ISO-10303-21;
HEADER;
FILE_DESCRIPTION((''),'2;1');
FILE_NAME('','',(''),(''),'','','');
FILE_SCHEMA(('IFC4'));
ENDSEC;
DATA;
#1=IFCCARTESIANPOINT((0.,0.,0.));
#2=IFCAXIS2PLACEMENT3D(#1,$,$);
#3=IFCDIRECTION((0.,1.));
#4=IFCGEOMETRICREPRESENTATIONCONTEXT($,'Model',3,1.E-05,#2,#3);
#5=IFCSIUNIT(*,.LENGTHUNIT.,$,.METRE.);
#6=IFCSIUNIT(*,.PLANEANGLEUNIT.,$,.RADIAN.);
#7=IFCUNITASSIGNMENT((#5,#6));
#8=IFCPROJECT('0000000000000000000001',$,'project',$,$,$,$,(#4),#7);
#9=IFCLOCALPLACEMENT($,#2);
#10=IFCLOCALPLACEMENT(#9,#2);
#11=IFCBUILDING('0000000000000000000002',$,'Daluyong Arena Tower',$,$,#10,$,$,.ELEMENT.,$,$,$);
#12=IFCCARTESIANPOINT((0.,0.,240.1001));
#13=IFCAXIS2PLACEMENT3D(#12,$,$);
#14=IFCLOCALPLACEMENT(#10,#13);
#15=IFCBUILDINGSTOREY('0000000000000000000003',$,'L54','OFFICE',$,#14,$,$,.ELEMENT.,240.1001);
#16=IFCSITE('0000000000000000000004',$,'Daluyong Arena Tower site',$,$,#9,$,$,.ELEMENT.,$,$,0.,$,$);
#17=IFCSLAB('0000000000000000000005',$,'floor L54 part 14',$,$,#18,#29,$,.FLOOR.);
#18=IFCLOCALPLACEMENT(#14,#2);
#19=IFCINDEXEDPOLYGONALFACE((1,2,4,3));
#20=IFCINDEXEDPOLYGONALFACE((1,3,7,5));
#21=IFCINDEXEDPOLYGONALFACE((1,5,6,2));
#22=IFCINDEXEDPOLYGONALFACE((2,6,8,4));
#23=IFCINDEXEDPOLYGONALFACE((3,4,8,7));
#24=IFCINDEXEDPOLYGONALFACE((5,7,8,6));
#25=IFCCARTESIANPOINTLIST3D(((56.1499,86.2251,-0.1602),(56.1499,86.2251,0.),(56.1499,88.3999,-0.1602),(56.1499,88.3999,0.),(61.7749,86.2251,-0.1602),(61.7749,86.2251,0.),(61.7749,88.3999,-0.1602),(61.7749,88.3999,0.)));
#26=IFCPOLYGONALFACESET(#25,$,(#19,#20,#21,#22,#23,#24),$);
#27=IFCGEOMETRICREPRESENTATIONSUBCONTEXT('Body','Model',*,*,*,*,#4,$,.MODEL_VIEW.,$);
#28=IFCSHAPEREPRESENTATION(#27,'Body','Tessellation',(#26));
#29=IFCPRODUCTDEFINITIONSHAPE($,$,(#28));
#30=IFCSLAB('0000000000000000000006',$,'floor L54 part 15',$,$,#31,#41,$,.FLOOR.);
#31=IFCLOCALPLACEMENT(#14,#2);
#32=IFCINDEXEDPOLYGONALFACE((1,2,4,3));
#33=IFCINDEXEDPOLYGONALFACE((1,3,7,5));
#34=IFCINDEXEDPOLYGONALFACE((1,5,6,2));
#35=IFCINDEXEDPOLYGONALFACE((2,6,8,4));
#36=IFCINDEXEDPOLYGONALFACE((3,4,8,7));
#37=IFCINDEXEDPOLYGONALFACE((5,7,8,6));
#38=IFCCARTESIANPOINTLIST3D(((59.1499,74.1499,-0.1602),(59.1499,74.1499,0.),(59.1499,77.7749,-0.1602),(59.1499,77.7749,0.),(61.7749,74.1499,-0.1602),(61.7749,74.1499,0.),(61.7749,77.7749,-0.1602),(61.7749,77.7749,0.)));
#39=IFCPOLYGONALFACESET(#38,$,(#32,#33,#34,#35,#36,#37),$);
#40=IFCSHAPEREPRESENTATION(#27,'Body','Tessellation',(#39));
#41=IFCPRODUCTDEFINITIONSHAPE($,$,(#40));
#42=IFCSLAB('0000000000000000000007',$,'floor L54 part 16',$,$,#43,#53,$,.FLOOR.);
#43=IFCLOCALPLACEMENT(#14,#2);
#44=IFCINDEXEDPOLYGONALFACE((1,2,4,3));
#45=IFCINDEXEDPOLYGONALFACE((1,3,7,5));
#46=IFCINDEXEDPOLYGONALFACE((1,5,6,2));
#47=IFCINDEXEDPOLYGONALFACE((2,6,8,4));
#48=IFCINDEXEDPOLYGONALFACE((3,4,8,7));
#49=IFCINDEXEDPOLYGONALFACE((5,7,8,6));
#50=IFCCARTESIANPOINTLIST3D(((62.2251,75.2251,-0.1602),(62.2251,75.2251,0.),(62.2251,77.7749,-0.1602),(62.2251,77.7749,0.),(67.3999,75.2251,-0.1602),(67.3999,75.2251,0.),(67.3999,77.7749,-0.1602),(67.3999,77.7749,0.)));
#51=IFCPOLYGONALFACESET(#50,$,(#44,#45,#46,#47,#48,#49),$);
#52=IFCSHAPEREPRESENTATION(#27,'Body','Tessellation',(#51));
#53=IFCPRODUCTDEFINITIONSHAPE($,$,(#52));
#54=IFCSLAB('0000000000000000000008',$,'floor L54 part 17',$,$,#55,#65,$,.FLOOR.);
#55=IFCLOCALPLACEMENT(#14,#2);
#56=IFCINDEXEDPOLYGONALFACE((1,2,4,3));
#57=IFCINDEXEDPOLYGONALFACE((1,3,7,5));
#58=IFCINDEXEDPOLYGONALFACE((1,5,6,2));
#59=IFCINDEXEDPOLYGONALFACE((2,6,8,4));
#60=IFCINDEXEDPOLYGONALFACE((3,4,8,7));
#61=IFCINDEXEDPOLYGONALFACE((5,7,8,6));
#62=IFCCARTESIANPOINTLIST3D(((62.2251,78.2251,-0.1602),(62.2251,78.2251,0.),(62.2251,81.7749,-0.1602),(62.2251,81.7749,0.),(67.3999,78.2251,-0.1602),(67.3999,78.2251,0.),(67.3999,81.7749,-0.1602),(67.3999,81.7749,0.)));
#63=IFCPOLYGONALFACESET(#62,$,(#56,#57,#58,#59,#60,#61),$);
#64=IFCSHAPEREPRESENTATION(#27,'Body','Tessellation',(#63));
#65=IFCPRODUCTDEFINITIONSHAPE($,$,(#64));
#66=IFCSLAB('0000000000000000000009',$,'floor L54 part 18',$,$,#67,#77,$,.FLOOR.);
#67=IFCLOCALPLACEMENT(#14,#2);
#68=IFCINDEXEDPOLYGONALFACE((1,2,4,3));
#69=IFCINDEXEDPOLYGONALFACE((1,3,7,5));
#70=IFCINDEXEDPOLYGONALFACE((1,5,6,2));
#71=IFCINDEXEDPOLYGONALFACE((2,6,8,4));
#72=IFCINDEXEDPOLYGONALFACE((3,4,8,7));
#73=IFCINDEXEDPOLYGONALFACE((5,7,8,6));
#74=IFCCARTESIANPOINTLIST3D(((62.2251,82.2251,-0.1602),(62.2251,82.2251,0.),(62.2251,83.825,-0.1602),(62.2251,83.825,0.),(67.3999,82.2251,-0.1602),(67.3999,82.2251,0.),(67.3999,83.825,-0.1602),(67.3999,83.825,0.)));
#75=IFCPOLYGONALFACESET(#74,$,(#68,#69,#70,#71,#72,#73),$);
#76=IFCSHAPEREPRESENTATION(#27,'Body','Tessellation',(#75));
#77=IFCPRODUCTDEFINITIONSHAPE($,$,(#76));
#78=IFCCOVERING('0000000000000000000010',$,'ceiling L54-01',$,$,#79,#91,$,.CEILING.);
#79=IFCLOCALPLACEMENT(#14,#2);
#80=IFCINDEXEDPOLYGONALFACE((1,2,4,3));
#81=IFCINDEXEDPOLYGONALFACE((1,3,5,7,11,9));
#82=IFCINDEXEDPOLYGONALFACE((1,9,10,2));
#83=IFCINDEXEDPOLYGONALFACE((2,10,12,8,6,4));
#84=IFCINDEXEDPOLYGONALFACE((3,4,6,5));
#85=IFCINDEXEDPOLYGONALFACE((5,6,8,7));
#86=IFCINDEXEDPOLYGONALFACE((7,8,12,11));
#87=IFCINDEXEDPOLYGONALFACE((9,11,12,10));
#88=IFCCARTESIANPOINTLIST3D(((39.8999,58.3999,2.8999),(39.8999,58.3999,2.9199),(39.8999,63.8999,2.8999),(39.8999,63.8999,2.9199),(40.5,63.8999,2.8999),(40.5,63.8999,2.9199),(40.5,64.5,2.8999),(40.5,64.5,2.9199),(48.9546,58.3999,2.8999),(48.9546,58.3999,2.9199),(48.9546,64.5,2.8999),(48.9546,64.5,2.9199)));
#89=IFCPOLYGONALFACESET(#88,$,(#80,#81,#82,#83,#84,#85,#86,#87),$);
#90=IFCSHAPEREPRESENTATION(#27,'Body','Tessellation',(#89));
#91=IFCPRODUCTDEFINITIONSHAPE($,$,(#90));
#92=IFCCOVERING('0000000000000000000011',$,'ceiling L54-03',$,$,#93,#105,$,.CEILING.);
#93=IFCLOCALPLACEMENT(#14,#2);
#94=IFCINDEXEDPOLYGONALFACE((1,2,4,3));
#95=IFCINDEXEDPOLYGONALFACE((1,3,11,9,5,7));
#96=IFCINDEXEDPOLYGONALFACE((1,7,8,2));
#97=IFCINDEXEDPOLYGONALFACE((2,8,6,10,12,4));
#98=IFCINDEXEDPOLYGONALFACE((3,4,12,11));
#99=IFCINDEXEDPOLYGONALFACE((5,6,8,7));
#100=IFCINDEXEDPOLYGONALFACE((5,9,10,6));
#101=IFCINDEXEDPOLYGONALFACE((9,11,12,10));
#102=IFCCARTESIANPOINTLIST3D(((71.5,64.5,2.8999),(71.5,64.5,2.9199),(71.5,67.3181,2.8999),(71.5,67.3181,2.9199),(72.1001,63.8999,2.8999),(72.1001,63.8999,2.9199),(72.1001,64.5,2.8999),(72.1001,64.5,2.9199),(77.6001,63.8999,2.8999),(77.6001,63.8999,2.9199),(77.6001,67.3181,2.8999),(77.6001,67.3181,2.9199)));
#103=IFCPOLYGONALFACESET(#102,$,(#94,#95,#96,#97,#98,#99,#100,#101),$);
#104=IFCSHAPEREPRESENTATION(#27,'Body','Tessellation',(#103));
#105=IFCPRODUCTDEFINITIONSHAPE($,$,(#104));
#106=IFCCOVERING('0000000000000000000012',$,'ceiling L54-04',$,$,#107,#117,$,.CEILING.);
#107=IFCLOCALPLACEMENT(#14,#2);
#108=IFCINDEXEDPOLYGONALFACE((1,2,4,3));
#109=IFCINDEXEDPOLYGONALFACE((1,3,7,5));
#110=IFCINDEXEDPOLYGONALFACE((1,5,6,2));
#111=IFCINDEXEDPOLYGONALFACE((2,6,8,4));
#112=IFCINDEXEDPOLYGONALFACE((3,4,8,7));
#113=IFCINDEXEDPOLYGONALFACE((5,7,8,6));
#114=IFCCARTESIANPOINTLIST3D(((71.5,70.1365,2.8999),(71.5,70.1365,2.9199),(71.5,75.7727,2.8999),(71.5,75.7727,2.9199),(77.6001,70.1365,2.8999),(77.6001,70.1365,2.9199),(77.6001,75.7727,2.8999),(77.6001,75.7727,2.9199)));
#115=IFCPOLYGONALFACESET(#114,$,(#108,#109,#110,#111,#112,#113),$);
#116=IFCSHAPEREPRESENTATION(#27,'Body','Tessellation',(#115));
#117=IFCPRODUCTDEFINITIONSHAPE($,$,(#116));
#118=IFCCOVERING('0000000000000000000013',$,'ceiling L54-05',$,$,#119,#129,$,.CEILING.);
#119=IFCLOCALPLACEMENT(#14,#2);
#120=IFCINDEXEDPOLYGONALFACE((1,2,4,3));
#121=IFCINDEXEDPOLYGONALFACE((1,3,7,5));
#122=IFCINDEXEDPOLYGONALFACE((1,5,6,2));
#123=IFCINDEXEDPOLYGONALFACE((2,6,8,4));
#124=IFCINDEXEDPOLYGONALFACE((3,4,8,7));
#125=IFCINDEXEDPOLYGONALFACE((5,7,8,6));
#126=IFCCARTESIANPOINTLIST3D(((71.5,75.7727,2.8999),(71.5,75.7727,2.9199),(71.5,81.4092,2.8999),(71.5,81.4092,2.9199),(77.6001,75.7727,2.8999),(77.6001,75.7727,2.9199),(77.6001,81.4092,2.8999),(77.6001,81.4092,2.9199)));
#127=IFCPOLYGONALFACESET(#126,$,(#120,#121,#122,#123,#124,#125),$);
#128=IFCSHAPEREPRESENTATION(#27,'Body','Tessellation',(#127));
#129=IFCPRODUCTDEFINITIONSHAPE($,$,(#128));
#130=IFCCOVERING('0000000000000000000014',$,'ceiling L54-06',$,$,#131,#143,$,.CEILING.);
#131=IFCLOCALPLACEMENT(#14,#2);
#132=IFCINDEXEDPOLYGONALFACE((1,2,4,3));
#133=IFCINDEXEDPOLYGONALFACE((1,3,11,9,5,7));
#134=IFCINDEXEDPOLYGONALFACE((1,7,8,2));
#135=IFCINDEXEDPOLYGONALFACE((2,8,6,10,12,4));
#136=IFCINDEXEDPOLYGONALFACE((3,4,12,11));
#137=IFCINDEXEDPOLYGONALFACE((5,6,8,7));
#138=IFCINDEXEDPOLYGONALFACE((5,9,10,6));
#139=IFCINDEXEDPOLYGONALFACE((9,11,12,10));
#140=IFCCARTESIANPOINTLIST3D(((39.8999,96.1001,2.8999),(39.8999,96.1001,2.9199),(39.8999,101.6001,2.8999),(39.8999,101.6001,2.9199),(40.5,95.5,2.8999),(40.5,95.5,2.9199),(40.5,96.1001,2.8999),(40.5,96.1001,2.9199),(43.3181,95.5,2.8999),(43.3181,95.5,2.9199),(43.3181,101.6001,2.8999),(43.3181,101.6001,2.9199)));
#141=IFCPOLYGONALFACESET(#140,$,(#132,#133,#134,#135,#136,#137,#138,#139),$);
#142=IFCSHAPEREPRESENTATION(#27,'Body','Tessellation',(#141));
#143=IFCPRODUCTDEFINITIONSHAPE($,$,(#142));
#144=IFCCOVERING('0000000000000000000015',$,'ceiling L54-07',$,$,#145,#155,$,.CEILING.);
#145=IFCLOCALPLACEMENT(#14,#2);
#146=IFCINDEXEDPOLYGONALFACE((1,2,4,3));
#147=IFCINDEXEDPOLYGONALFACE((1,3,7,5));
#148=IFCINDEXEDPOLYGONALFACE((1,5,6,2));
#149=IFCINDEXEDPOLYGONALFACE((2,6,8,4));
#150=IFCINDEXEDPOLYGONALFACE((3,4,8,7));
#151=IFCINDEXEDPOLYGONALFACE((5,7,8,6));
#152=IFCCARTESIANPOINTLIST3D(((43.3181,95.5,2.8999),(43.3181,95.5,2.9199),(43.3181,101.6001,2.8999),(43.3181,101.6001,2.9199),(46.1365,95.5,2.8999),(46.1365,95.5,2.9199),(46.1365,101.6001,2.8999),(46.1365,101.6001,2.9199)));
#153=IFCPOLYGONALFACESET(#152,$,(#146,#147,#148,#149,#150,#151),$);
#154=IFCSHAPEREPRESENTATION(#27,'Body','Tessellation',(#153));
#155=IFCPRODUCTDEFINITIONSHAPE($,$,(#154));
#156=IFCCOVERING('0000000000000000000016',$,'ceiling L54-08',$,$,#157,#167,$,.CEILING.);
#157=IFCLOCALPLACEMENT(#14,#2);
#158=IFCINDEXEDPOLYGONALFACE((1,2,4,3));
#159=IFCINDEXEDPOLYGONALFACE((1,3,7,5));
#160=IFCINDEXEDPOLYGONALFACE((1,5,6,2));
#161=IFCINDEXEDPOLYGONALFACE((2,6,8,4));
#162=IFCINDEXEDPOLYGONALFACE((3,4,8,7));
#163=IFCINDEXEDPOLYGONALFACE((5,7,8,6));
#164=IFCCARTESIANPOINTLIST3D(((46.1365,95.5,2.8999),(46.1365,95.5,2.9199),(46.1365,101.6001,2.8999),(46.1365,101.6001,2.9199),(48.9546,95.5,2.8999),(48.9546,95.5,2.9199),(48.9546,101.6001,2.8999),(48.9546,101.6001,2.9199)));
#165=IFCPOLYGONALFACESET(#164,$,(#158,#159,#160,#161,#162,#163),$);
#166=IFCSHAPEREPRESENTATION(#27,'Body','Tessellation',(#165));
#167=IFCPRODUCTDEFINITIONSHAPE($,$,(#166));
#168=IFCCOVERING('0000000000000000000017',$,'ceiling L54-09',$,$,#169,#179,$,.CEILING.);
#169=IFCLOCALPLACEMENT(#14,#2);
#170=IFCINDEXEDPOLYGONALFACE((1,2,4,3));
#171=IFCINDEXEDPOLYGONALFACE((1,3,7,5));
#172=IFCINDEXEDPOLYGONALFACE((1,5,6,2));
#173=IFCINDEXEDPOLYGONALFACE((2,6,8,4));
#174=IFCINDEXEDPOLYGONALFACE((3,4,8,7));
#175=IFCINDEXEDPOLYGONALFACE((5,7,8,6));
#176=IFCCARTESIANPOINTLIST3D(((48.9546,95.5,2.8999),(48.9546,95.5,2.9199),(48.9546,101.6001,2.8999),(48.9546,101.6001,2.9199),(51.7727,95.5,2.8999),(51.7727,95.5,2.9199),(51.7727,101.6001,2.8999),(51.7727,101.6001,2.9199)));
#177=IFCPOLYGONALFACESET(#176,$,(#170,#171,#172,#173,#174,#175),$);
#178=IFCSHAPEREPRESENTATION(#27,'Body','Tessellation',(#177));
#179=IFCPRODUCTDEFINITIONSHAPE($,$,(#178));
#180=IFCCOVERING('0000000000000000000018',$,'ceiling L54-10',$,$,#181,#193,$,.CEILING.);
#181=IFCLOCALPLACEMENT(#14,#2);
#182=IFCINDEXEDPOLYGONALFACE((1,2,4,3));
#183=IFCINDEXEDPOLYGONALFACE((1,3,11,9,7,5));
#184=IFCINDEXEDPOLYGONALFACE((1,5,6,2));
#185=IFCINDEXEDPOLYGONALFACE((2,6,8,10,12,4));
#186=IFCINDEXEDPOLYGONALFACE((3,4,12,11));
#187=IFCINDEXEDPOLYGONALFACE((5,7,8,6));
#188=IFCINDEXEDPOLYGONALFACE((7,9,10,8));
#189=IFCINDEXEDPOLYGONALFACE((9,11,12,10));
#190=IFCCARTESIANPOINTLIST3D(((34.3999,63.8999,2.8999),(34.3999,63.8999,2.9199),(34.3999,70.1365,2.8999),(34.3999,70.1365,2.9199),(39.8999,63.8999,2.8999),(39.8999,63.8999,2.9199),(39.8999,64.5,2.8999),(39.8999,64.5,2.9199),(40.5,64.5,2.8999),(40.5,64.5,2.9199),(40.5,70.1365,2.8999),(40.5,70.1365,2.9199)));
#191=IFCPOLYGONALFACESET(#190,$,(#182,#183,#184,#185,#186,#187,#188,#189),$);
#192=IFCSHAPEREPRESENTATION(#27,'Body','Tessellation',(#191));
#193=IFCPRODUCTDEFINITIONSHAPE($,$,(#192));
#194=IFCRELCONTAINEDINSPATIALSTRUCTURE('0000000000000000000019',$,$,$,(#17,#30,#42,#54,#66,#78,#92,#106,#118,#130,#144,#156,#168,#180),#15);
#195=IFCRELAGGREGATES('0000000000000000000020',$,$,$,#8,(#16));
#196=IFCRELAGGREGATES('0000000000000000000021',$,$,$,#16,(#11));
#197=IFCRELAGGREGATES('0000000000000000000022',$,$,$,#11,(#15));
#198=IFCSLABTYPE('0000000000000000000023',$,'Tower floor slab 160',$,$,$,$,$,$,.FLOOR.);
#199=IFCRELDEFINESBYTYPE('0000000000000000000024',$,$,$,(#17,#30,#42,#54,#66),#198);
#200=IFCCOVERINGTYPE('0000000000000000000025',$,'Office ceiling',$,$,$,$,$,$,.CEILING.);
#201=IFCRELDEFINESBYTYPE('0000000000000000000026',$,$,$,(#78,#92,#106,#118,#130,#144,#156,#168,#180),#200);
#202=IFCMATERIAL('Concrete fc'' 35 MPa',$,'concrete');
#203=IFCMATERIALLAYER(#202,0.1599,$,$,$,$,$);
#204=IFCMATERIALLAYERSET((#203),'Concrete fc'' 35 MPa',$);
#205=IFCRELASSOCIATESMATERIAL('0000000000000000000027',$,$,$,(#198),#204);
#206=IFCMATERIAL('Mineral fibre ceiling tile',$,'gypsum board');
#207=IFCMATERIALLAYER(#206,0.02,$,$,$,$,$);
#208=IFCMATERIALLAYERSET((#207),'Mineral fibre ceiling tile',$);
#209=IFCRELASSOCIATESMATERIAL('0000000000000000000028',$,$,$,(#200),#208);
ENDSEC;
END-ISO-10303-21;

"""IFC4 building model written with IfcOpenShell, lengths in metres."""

from ifc_helpers import new_model, si_unit, direction, frame, origin, place, context, subcontext, project, spatial, polyline, outline, extrude, material, layer, layer_set, type_object, element, save


model = new_model("IFC4")

# Units and contexts
model_context = context("Model", 3, precision=1e-05, world=origin(), true_north=direction((0.0, 1.0)))
body_context = subcontext(model_context, "Body", "Model", "MODEL_VIEW")
ifc_project = project(units=[si_unit("LENGTHUNIT", "METRE"), si_unit("PLANEANGLEUNIT", "RADIAN")], contexts=[model_context])

# Site, building, storey
site_placement = place(None, origin())
site = spatial("IfcSite", under=ifc_project, at=site_placement, Name="Daluyong Arena Tower site", CompositionType="ELEMENT", RefElevation=0.0)
building_placement = place(site_placement, origin())
building = spatial("IfcBuilding", under=site, at=building_placement, Name="Daluyong Arena Tower", CompositionType="ELEMENT")
storey_placement = place(building_placement, frame((0.0, 0.0, 240.1001)))
storey = spatial("IfcBuildingStorey", under=building, at=storey_placement, Name="L54", Description="OFFICE", CompositionType="ELEMENT", Elevation=240.1001)

# Slabs
ifc_material_1 = material(Name="Concrete fc' 35 MPa", Category="concrete")
ifc_layer_1 = layer(ifc_material_1, 0.1599)
ifc_layer_set_1 = layer_set([ifc_layer_1], Name="Concrete fc' 35 MPa")
slab_type = type_object("IfcSlabType", Name="Tower floor slab 160", PredefinedType="FLOOR", material=ifc_layer_set_1)
slab_1_placement = place(storey_placement, frame((0.0, 0.0, -0.1602)))
element("IfcSlab", 1, at=slab_1_placement, inside=storey, type_object=slab_type, Name="floor L54 part 14", PredefinedType="FLOOR", context=body_context, shape_type="SweptSolid", body=[
    extrude(outline(polyline([(56.1499, 88.3999), (56.1499, 86.2251), (61.7749, 86.2251), (61.7749, 88.3999), (56.1499, 88.3999)])), origin(), (0.0, 0.0, 1.0), 0.1602),
])
slab_2_placement = place(storey_placement, frame((0.0, 0.0, -0.1602)))
element("IfcSlab", 2, at=slab_2_placement, inside=storey, type_object=slab_type, Name="floor L54 part 15", PredefinedType="FLOOR", context=body_context, shape_type="SweptSolid", body=[
    extrude(outline(polyline([(61.7749, 77.7749), (59.1499, 77.7749), (59.1499, 74.1499), (61.7749, 74.1499), (61.7749, 77.7749)])), origin(), (0.0, 0.0, 1.0), 0.1602),
])
slab_3_placement = place(storey_placement, frame((0.0, 0.0, -0.1602)))
element("IfcSlab", 3, at=slab_3_placement, inside=storey, type_object=slab_type, Name="floor L54 part 16", PredefinedType="FLOOR", context=body_context, shape_type="SweptSolid", body=[
    extrude(outline(polyline([(67.3999, 75.2251), (67.3999, 77.7749), (62.2251, 77.7749), (62.2251, 75.2251), (67.3999, 75.2251)])), origin(), (0.0, 0.0, 1.0), 0.1602),
])
slab_4_placement = place(storey_placement, frame((0.0, 0.0, -0.1602)))
element("IfcSlab", 4, at=slab_4_placement, inside=storey, type_object=slab_type, Name="floor L54 part 17", PredefinedType="FLOOR", context=body_context, shape_type="SweptSolid", body=[
    extrude(outline(polyline([(67.3999, 78.2251), (67.3999, 81.7749), (62.2251, 81.7749), (62.2251, 78.2251), (67.3999, 78.2251)])), origin(), (0.0, 0.0, 1.0), 0.1602),
])
slab_5_placement = place(storey_placement, frame((0.0, 0.0, -0.1602)))
element("IfcSlab", 5, at=slab_5_placement, inside=storey, type_object=slab_type, Name="floor L54 part 18", PredefinedType="FLOOR", context=body_context, shape_type="SweptSolid", body=[
    extrude(outline(polyline([(67.3999, 83.825), (62.2251, 83.825), (62.2251, 82.2251), (67.3999, 82.2251), (67.3999, 83.825)])), origin(), (0.0, 0.0, 1.0), 0.1602),
])

# Coverings
ifc_material_2 = material(Name="Mineral fibre ceiling tile", Category="gypsum board")
ifc_layer_2 = layer(ifc_material_2, 0.02)
ifc_layer_set_2 = layer_set([ifc_layer_2], Name="Mineral fibre ceiling tile")
covering_type = type_object("IfcCoveringType", Name="Office ceiling", PredefinedType="CEILING", material=ifc_layer_set_2)
covering_1_placement = place(storey_placement, frame((0.0, 0.0, 2.8999)))
element("IfcCovering", 6, at=covering_1_placement, inside=storey, type_object=covering_type, Name="ceiling L54-01", PredefinedType="CEILING", context=body_context, shape_type="SweptSolid", body=[
    extrude(outline(polyline([(39.8999, 63.8999), (39.8999, 58.3999), (48.9546, 58.3999), (48.9546, 64.5), (40.5, 64.5), (40.5, 63.8999), (39.8999, 63.8999)])), origin(), (0.0, 0.0, 1.0), 0.02),
])
covering_2_placement = place(storey_placement, frame((0.0, 0.0, 2.8999)))
element("IfcCovering", 7, at=covering_2_placement, inside=storey, type_object=covering_type, Name="ceiling L54-03", PredefinedType="CEILING", context=body_context, shape_type="SweptSolid", body=[
    extrude(outline(polyline([(72.1001, 63.8999), (77.6001, 63.8999), (77.6001, 67.3181), (71.5, 67.3181), (71.5, 64.5), (72.1001, 64.5), (72.1001, 63.8999)])), origin(), (0.0, 0.0, 1.0), 0.02),
])
covering_3_placement = place(storey_placement, frame((0.0, 0.0, 2.8999)))
element("IfcCovering", 8, at=covering_3_placement, inside=storey, type_object=covering_type, Name="ceiling L54-04", PredefinedType="CEILING", context=body_context, shape_type="SweptSolid", body=[
    extrude(outline(polyline([(71.5, 70.1365), (77.6001, 70.1365), (77.6001, 75.7727), (71.5, 75.7727), (71.5, 70.1365)])), origin(), (0.0, 0.0, 1.0), 0.02),
])
covering_4_placement = place(storey_placement, frame((0.0, 0.0, 2.8999)))
element("IfcCovering", 9, at=covering_4_placement, inside=storey, type_object=covering_type, Name="ceiling L54-05", PredefinedType="CEILING", context=body_context, shape_type="SweptSolid", body=[
    extrude(outline(polyline([(71.5, 75.7727), (77.6001, 75.7727), (77.6001, 81.4092), (71.5, 81.4092), (71.5, 75.7727)])), origin(), (0.0, 0.0, 1.0), 0.02),
])
covering_5_placement = place(storey_placement, frame((0.0, 0.0, 2.8999)))
element("IfcCovering", 10, at=covering_5_placement, inside=storey, type_object=covering_type, Name="ceiling L54-06", PredefinedType="CEILING", context=body_context, shape_type="SweptSolid", body=[
    extrude(outline(polyline([(43.3181, 95.5), (43.3181, 101.6001), (39.8999, 101.6001), (39.8999, 96.1001), (40.5, 96.1001), (40.5, 95.5), (43.3181, 95.5)])), origin(), (0.0, 0.0, 1.0), 0.02),
])
covering_6_placement = place(storey_placement, frame((0.0, 0.0, 2.8999)))
element("IfcCovering", 11, at=covering_6_placement, inside=storey, type_object=covering_type, Name="ceiling L54-07", PredefinedType="CEILING", context=body_context, shape_type="SweptSolid", body=[
    extrude(outline(polyline([(46.1365, 95.5), (46.1365, 101.6001), (43.3181, 101.6001), (43.3181, 95.5), (46.1365, 95.5)])), origin(), (0.0, 0.0, 1.0), 0.02),
])
covering_7_placement = place(storey_placement, frame((0.0, 0.0, 2.8999)))
element("IfcCovering", 12, at=covering_7_placement, inside=storey, type_object=covering_type, Name="ceiling L54-08", PredefinedType="CEILING", context=body_context, shape_type="SweptSolid", body=[
    extrude(outline(polyline([(48.9546, 95.5), (48.9546, 101.6001), (46.1365, 101.6001), (46.1365, 95.5), (48.9546, 95.5)])), origin(), (0.0, 0.0, 1.0), 0.02),
])
covering_8_placement = place(storey_placement, frame((0.0, 0.0, 2.8999)))
element("IfcCovering", 13, at=covering_8_placement, inside=storey, type_object=covering_type, Name="ceiling L54-09", PredefinedType="CEILING", context=body_context, shape_type="SweptSolid", body=[
    extrude(outline(polyline([(51.7727, 95.5), (51.7727, 101.6001), (48.9546, 101.6001), (48.9546, 95.5), (51.7727, 95.5)])), origin(), (0.0, 0.0, 1.0), 0.02),
])
covering_9_placement = place(storey_placement, frame((0.0, 0.0, 2.8999)))
element("IfcCovering", 14, at=covering_9_placement, inside=storey, type_object=covering_type, Name="ceiling L54-10", PredefinedType="CEILING", context=body_context, shape_type="SweptSolid", body=[
    extrude(outline(polyline([(34.3999, 63.8999), (39.8999, 63.8999), (39.8999, 64.5), (40.5, 64.5), (40.5, 70.1365), (34.3999, 70.1365), (34.3999, 63.8999)])), origin(), (0.0, 0.0, 1.0), 0.02),
])

save(model, "model.ifc")
